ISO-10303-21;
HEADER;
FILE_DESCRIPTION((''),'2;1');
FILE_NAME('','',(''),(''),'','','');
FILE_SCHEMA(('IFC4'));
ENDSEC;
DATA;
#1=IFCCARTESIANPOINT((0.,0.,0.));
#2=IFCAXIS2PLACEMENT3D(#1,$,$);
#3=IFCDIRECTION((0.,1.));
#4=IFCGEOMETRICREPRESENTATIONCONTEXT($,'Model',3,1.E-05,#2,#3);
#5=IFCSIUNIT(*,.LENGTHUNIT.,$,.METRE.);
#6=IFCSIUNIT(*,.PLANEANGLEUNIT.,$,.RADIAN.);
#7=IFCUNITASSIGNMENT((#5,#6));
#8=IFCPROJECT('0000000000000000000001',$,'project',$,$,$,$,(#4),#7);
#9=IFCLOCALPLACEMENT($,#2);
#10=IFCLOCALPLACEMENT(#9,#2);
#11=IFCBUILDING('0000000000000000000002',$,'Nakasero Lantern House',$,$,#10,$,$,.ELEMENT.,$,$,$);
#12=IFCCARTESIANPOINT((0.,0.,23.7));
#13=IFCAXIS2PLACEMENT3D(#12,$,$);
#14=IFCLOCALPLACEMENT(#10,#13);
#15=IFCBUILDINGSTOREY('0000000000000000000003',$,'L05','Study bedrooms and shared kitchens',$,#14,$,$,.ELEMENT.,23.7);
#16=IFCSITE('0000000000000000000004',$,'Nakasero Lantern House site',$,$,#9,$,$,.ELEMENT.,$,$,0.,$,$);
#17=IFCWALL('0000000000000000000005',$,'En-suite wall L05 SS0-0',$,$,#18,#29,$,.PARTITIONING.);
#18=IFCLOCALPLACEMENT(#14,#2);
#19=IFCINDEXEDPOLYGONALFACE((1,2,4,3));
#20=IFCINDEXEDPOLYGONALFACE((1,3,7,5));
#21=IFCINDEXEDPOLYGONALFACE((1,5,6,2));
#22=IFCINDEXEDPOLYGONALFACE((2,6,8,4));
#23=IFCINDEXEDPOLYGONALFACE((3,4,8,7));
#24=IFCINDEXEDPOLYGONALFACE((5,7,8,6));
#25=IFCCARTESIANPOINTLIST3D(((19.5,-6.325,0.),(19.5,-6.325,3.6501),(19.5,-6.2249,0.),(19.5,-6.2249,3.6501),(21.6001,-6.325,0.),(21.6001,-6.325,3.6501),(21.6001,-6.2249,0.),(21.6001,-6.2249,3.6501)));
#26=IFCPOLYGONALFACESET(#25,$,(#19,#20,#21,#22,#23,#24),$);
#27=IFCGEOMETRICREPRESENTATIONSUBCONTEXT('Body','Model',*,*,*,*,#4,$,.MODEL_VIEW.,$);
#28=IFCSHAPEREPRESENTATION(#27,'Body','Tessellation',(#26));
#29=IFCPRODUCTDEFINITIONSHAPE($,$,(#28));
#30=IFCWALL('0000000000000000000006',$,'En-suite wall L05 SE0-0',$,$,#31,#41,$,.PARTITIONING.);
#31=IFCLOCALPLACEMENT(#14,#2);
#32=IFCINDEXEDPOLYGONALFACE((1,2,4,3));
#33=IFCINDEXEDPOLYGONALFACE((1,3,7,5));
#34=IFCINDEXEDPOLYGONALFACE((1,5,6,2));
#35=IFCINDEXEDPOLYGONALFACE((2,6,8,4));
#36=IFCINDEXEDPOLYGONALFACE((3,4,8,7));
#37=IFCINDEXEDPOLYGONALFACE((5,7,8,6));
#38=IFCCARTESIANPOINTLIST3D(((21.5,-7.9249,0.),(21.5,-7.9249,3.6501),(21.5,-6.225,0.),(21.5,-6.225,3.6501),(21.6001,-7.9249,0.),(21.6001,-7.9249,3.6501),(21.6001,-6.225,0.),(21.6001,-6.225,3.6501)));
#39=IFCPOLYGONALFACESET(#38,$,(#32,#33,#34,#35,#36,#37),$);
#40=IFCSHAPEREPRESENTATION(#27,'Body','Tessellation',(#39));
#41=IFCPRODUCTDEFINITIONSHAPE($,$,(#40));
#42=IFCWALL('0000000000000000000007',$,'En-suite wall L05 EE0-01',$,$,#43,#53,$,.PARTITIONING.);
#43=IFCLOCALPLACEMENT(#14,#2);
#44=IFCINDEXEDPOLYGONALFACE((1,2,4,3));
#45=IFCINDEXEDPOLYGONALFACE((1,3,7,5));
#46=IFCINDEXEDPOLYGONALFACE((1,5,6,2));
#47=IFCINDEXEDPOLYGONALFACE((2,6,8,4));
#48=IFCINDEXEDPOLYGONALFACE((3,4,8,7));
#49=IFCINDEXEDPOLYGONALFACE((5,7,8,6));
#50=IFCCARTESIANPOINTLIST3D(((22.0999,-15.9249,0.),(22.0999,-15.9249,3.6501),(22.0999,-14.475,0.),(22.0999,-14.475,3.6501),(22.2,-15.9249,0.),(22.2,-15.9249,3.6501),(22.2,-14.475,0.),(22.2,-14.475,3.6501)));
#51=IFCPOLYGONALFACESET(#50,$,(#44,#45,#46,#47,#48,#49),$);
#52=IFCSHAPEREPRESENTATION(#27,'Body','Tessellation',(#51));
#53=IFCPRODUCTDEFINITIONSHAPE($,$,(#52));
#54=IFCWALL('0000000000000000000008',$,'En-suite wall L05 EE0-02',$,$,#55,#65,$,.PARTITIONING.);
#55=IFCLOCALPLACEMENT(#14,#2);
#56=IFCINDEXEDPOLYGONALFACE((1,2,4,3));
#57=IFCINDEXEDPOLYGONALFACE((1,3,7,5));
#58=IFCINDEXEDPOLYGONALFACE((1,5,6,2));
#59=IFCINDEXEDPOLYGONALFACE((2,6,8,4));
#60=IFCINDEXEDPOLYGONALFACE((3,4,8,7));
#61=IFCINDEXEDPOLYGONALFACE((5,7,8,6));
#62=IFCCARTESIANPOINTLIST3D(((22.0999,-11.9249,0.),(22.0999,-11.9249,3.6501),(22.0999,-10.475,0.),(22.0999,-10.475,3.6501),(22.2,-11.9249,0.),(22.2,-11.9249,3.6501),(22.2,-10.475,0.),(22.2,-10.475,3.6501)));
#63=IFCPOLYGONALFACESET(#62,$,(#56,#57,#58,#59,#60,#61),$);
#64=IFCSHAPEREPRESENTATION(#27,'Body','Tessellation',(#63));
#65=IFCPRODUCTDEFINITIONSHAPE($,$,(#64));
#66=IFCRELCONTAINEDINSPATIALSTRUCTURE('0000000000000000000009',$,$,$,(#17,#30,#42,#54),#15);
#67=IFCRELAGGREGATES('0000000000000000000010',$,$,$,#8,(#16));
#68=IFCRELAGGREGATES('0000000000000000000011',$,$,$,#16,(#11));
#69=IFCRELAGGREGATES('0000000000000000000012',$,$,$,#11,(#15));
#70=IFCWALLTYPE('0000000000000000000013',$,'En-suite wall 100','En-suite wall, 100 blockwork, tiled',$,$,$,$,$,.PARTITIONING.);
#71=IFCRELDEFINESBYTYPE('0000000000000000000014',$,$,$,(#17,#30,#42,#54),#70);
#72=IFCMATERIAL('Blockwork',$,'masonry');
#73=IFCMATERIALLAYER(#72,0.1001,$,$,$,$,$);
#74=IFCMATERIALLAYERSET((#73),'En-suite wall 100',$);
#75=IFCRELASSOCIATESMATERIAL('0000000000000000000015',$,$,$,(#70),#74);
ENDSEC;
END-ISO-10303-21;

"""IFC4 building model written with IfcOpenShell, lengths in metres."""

from ifc_helpers import new_model, si_unit, direction, frame, frame_2d, origin, place, context, subcontext, project, spatial, rectangle, extrude, material, layer, layer_set, type_object, element, save


model = new_model("IFC4")

# Units and contexts
model_context = context("Model", 3, precision=1e-05, world=origin(), true_north=direction((0.0, 1.0)))
body_context = subcontext(model_context, "Body", "Model", "MODEL_VIEW")
ifc_project = project(units=[si_unit("LENGTHUNIT", "METRE"), si_unit("PLANEANGLEUNIT", "RADIAN")], contexts=[model_context])

# Site, building, storey
site_placement = place(None, origin())
site = spatial("IfcSite", under=ifc_project, at=site_placement, Name="Nakasero Lantern House site", CompositionType="ELEMENT", RefElevation=0.0)
building_placement = place(site_placement, origin())
building = spatial("IfcBuilding", under=site, at=building_placement, Name="Nakasero Lantern House", CompositionType="ELEMENT")
storey_placement = place(building_placement, frame((0.0, 0.0, 23.7)))
storey = spatial("IfcBuildingStorey", under=building, at=storey_placement, Name="L05", Description="Study bedrooms and shared kitchens", CompositionType="ELEMENT", Elevation=23.7)

# Walls
ifc_material_1 = material(Name="Blockwork", Category="masonry")
ifc_layer_1 = layer(ifc_material_1, 0.1001)
ifc_layer_set_1 = layer_set([ifc_layer_1], Name="En-suite wall 100")
wall_type_1 = type_object("IfcWallType", Name="En-suite wall 100", Description="En-suite wall, 100 blockwork, tiled", PredefinedType="PARTITIONING", material=ifc_layer_set_1)
wall_1_placement = place(storey_placement, frame((19.5, -6.2749, 0.0), z_axis=(0.0, 0.0, 1.0), x_axis=(1.0, 0.0, 0.0)))
element("IfcWall", 1, at=wall_1_placement, inside=storey, type_object=wall_type_1, Name="En-suite wall L05 SS0-0", PredefinedType="PARTITIONING", context=body_context, shape_type="SweptSolid", body=[
    extrude(rectangle(XDim=2.1001, YDim=0.1001, at=frame_2d((1.05, 0.0))), origin(), (0.0, 0.0, 1.0), 3.6501),
])
wall_2_placement = place(storey_placement, frame((21.55, -7.925, 0.0), z_axis=(0.0, 0.0, 1.0), x_axis=(0.0, 1.0, 0.0)))
element("IfcWall", 2, at=wall_2_placement, inside=storey, type_object=wall_type_1, Name="En-suite wall L05 SE0-0", PredefinedType="PARTITIONING", context=body_context, shape_type="SweptSolid", body=[
    extrude(rectangle(XDim=1.7, YDim=0.1001, at=frame_2d((0.8501, 0.0))), origin(), (0.0, 0.0, 1.0), 3.6501),
])
for number, where, z_axis, x_axis, name in (
    (3, (22.1499, -15.925, 0.0), (0.0, 0.0, 1.0), (0.0, 1.0, 0.0), "En-suite wall L05 EE0-01"),
    (4, (22.1499, -11.925, 0.0), (0.0, 0.0, 1.0), (0.0, 1.0, 0.0), "En-suite wall L05 EE0-02"),
):
    element("IfcWall", number, at=place(storey_placement, frame(where, z_axis=z_axis, x_axis=x_axis)), inside=storey, type_object=wall_type_1, Name=name, PredefinedType="PARTITIONING", context=body_context, shape_type="SweptSolid", body=[
        extrude(rectangle(XDim=1.45, YDim=0.1001, at=frame_2d((0.7251, 0.0))), origin(), (0.0, 0.0, 1.0), 3.6501),
    ])

save(model, "model.ifc")
